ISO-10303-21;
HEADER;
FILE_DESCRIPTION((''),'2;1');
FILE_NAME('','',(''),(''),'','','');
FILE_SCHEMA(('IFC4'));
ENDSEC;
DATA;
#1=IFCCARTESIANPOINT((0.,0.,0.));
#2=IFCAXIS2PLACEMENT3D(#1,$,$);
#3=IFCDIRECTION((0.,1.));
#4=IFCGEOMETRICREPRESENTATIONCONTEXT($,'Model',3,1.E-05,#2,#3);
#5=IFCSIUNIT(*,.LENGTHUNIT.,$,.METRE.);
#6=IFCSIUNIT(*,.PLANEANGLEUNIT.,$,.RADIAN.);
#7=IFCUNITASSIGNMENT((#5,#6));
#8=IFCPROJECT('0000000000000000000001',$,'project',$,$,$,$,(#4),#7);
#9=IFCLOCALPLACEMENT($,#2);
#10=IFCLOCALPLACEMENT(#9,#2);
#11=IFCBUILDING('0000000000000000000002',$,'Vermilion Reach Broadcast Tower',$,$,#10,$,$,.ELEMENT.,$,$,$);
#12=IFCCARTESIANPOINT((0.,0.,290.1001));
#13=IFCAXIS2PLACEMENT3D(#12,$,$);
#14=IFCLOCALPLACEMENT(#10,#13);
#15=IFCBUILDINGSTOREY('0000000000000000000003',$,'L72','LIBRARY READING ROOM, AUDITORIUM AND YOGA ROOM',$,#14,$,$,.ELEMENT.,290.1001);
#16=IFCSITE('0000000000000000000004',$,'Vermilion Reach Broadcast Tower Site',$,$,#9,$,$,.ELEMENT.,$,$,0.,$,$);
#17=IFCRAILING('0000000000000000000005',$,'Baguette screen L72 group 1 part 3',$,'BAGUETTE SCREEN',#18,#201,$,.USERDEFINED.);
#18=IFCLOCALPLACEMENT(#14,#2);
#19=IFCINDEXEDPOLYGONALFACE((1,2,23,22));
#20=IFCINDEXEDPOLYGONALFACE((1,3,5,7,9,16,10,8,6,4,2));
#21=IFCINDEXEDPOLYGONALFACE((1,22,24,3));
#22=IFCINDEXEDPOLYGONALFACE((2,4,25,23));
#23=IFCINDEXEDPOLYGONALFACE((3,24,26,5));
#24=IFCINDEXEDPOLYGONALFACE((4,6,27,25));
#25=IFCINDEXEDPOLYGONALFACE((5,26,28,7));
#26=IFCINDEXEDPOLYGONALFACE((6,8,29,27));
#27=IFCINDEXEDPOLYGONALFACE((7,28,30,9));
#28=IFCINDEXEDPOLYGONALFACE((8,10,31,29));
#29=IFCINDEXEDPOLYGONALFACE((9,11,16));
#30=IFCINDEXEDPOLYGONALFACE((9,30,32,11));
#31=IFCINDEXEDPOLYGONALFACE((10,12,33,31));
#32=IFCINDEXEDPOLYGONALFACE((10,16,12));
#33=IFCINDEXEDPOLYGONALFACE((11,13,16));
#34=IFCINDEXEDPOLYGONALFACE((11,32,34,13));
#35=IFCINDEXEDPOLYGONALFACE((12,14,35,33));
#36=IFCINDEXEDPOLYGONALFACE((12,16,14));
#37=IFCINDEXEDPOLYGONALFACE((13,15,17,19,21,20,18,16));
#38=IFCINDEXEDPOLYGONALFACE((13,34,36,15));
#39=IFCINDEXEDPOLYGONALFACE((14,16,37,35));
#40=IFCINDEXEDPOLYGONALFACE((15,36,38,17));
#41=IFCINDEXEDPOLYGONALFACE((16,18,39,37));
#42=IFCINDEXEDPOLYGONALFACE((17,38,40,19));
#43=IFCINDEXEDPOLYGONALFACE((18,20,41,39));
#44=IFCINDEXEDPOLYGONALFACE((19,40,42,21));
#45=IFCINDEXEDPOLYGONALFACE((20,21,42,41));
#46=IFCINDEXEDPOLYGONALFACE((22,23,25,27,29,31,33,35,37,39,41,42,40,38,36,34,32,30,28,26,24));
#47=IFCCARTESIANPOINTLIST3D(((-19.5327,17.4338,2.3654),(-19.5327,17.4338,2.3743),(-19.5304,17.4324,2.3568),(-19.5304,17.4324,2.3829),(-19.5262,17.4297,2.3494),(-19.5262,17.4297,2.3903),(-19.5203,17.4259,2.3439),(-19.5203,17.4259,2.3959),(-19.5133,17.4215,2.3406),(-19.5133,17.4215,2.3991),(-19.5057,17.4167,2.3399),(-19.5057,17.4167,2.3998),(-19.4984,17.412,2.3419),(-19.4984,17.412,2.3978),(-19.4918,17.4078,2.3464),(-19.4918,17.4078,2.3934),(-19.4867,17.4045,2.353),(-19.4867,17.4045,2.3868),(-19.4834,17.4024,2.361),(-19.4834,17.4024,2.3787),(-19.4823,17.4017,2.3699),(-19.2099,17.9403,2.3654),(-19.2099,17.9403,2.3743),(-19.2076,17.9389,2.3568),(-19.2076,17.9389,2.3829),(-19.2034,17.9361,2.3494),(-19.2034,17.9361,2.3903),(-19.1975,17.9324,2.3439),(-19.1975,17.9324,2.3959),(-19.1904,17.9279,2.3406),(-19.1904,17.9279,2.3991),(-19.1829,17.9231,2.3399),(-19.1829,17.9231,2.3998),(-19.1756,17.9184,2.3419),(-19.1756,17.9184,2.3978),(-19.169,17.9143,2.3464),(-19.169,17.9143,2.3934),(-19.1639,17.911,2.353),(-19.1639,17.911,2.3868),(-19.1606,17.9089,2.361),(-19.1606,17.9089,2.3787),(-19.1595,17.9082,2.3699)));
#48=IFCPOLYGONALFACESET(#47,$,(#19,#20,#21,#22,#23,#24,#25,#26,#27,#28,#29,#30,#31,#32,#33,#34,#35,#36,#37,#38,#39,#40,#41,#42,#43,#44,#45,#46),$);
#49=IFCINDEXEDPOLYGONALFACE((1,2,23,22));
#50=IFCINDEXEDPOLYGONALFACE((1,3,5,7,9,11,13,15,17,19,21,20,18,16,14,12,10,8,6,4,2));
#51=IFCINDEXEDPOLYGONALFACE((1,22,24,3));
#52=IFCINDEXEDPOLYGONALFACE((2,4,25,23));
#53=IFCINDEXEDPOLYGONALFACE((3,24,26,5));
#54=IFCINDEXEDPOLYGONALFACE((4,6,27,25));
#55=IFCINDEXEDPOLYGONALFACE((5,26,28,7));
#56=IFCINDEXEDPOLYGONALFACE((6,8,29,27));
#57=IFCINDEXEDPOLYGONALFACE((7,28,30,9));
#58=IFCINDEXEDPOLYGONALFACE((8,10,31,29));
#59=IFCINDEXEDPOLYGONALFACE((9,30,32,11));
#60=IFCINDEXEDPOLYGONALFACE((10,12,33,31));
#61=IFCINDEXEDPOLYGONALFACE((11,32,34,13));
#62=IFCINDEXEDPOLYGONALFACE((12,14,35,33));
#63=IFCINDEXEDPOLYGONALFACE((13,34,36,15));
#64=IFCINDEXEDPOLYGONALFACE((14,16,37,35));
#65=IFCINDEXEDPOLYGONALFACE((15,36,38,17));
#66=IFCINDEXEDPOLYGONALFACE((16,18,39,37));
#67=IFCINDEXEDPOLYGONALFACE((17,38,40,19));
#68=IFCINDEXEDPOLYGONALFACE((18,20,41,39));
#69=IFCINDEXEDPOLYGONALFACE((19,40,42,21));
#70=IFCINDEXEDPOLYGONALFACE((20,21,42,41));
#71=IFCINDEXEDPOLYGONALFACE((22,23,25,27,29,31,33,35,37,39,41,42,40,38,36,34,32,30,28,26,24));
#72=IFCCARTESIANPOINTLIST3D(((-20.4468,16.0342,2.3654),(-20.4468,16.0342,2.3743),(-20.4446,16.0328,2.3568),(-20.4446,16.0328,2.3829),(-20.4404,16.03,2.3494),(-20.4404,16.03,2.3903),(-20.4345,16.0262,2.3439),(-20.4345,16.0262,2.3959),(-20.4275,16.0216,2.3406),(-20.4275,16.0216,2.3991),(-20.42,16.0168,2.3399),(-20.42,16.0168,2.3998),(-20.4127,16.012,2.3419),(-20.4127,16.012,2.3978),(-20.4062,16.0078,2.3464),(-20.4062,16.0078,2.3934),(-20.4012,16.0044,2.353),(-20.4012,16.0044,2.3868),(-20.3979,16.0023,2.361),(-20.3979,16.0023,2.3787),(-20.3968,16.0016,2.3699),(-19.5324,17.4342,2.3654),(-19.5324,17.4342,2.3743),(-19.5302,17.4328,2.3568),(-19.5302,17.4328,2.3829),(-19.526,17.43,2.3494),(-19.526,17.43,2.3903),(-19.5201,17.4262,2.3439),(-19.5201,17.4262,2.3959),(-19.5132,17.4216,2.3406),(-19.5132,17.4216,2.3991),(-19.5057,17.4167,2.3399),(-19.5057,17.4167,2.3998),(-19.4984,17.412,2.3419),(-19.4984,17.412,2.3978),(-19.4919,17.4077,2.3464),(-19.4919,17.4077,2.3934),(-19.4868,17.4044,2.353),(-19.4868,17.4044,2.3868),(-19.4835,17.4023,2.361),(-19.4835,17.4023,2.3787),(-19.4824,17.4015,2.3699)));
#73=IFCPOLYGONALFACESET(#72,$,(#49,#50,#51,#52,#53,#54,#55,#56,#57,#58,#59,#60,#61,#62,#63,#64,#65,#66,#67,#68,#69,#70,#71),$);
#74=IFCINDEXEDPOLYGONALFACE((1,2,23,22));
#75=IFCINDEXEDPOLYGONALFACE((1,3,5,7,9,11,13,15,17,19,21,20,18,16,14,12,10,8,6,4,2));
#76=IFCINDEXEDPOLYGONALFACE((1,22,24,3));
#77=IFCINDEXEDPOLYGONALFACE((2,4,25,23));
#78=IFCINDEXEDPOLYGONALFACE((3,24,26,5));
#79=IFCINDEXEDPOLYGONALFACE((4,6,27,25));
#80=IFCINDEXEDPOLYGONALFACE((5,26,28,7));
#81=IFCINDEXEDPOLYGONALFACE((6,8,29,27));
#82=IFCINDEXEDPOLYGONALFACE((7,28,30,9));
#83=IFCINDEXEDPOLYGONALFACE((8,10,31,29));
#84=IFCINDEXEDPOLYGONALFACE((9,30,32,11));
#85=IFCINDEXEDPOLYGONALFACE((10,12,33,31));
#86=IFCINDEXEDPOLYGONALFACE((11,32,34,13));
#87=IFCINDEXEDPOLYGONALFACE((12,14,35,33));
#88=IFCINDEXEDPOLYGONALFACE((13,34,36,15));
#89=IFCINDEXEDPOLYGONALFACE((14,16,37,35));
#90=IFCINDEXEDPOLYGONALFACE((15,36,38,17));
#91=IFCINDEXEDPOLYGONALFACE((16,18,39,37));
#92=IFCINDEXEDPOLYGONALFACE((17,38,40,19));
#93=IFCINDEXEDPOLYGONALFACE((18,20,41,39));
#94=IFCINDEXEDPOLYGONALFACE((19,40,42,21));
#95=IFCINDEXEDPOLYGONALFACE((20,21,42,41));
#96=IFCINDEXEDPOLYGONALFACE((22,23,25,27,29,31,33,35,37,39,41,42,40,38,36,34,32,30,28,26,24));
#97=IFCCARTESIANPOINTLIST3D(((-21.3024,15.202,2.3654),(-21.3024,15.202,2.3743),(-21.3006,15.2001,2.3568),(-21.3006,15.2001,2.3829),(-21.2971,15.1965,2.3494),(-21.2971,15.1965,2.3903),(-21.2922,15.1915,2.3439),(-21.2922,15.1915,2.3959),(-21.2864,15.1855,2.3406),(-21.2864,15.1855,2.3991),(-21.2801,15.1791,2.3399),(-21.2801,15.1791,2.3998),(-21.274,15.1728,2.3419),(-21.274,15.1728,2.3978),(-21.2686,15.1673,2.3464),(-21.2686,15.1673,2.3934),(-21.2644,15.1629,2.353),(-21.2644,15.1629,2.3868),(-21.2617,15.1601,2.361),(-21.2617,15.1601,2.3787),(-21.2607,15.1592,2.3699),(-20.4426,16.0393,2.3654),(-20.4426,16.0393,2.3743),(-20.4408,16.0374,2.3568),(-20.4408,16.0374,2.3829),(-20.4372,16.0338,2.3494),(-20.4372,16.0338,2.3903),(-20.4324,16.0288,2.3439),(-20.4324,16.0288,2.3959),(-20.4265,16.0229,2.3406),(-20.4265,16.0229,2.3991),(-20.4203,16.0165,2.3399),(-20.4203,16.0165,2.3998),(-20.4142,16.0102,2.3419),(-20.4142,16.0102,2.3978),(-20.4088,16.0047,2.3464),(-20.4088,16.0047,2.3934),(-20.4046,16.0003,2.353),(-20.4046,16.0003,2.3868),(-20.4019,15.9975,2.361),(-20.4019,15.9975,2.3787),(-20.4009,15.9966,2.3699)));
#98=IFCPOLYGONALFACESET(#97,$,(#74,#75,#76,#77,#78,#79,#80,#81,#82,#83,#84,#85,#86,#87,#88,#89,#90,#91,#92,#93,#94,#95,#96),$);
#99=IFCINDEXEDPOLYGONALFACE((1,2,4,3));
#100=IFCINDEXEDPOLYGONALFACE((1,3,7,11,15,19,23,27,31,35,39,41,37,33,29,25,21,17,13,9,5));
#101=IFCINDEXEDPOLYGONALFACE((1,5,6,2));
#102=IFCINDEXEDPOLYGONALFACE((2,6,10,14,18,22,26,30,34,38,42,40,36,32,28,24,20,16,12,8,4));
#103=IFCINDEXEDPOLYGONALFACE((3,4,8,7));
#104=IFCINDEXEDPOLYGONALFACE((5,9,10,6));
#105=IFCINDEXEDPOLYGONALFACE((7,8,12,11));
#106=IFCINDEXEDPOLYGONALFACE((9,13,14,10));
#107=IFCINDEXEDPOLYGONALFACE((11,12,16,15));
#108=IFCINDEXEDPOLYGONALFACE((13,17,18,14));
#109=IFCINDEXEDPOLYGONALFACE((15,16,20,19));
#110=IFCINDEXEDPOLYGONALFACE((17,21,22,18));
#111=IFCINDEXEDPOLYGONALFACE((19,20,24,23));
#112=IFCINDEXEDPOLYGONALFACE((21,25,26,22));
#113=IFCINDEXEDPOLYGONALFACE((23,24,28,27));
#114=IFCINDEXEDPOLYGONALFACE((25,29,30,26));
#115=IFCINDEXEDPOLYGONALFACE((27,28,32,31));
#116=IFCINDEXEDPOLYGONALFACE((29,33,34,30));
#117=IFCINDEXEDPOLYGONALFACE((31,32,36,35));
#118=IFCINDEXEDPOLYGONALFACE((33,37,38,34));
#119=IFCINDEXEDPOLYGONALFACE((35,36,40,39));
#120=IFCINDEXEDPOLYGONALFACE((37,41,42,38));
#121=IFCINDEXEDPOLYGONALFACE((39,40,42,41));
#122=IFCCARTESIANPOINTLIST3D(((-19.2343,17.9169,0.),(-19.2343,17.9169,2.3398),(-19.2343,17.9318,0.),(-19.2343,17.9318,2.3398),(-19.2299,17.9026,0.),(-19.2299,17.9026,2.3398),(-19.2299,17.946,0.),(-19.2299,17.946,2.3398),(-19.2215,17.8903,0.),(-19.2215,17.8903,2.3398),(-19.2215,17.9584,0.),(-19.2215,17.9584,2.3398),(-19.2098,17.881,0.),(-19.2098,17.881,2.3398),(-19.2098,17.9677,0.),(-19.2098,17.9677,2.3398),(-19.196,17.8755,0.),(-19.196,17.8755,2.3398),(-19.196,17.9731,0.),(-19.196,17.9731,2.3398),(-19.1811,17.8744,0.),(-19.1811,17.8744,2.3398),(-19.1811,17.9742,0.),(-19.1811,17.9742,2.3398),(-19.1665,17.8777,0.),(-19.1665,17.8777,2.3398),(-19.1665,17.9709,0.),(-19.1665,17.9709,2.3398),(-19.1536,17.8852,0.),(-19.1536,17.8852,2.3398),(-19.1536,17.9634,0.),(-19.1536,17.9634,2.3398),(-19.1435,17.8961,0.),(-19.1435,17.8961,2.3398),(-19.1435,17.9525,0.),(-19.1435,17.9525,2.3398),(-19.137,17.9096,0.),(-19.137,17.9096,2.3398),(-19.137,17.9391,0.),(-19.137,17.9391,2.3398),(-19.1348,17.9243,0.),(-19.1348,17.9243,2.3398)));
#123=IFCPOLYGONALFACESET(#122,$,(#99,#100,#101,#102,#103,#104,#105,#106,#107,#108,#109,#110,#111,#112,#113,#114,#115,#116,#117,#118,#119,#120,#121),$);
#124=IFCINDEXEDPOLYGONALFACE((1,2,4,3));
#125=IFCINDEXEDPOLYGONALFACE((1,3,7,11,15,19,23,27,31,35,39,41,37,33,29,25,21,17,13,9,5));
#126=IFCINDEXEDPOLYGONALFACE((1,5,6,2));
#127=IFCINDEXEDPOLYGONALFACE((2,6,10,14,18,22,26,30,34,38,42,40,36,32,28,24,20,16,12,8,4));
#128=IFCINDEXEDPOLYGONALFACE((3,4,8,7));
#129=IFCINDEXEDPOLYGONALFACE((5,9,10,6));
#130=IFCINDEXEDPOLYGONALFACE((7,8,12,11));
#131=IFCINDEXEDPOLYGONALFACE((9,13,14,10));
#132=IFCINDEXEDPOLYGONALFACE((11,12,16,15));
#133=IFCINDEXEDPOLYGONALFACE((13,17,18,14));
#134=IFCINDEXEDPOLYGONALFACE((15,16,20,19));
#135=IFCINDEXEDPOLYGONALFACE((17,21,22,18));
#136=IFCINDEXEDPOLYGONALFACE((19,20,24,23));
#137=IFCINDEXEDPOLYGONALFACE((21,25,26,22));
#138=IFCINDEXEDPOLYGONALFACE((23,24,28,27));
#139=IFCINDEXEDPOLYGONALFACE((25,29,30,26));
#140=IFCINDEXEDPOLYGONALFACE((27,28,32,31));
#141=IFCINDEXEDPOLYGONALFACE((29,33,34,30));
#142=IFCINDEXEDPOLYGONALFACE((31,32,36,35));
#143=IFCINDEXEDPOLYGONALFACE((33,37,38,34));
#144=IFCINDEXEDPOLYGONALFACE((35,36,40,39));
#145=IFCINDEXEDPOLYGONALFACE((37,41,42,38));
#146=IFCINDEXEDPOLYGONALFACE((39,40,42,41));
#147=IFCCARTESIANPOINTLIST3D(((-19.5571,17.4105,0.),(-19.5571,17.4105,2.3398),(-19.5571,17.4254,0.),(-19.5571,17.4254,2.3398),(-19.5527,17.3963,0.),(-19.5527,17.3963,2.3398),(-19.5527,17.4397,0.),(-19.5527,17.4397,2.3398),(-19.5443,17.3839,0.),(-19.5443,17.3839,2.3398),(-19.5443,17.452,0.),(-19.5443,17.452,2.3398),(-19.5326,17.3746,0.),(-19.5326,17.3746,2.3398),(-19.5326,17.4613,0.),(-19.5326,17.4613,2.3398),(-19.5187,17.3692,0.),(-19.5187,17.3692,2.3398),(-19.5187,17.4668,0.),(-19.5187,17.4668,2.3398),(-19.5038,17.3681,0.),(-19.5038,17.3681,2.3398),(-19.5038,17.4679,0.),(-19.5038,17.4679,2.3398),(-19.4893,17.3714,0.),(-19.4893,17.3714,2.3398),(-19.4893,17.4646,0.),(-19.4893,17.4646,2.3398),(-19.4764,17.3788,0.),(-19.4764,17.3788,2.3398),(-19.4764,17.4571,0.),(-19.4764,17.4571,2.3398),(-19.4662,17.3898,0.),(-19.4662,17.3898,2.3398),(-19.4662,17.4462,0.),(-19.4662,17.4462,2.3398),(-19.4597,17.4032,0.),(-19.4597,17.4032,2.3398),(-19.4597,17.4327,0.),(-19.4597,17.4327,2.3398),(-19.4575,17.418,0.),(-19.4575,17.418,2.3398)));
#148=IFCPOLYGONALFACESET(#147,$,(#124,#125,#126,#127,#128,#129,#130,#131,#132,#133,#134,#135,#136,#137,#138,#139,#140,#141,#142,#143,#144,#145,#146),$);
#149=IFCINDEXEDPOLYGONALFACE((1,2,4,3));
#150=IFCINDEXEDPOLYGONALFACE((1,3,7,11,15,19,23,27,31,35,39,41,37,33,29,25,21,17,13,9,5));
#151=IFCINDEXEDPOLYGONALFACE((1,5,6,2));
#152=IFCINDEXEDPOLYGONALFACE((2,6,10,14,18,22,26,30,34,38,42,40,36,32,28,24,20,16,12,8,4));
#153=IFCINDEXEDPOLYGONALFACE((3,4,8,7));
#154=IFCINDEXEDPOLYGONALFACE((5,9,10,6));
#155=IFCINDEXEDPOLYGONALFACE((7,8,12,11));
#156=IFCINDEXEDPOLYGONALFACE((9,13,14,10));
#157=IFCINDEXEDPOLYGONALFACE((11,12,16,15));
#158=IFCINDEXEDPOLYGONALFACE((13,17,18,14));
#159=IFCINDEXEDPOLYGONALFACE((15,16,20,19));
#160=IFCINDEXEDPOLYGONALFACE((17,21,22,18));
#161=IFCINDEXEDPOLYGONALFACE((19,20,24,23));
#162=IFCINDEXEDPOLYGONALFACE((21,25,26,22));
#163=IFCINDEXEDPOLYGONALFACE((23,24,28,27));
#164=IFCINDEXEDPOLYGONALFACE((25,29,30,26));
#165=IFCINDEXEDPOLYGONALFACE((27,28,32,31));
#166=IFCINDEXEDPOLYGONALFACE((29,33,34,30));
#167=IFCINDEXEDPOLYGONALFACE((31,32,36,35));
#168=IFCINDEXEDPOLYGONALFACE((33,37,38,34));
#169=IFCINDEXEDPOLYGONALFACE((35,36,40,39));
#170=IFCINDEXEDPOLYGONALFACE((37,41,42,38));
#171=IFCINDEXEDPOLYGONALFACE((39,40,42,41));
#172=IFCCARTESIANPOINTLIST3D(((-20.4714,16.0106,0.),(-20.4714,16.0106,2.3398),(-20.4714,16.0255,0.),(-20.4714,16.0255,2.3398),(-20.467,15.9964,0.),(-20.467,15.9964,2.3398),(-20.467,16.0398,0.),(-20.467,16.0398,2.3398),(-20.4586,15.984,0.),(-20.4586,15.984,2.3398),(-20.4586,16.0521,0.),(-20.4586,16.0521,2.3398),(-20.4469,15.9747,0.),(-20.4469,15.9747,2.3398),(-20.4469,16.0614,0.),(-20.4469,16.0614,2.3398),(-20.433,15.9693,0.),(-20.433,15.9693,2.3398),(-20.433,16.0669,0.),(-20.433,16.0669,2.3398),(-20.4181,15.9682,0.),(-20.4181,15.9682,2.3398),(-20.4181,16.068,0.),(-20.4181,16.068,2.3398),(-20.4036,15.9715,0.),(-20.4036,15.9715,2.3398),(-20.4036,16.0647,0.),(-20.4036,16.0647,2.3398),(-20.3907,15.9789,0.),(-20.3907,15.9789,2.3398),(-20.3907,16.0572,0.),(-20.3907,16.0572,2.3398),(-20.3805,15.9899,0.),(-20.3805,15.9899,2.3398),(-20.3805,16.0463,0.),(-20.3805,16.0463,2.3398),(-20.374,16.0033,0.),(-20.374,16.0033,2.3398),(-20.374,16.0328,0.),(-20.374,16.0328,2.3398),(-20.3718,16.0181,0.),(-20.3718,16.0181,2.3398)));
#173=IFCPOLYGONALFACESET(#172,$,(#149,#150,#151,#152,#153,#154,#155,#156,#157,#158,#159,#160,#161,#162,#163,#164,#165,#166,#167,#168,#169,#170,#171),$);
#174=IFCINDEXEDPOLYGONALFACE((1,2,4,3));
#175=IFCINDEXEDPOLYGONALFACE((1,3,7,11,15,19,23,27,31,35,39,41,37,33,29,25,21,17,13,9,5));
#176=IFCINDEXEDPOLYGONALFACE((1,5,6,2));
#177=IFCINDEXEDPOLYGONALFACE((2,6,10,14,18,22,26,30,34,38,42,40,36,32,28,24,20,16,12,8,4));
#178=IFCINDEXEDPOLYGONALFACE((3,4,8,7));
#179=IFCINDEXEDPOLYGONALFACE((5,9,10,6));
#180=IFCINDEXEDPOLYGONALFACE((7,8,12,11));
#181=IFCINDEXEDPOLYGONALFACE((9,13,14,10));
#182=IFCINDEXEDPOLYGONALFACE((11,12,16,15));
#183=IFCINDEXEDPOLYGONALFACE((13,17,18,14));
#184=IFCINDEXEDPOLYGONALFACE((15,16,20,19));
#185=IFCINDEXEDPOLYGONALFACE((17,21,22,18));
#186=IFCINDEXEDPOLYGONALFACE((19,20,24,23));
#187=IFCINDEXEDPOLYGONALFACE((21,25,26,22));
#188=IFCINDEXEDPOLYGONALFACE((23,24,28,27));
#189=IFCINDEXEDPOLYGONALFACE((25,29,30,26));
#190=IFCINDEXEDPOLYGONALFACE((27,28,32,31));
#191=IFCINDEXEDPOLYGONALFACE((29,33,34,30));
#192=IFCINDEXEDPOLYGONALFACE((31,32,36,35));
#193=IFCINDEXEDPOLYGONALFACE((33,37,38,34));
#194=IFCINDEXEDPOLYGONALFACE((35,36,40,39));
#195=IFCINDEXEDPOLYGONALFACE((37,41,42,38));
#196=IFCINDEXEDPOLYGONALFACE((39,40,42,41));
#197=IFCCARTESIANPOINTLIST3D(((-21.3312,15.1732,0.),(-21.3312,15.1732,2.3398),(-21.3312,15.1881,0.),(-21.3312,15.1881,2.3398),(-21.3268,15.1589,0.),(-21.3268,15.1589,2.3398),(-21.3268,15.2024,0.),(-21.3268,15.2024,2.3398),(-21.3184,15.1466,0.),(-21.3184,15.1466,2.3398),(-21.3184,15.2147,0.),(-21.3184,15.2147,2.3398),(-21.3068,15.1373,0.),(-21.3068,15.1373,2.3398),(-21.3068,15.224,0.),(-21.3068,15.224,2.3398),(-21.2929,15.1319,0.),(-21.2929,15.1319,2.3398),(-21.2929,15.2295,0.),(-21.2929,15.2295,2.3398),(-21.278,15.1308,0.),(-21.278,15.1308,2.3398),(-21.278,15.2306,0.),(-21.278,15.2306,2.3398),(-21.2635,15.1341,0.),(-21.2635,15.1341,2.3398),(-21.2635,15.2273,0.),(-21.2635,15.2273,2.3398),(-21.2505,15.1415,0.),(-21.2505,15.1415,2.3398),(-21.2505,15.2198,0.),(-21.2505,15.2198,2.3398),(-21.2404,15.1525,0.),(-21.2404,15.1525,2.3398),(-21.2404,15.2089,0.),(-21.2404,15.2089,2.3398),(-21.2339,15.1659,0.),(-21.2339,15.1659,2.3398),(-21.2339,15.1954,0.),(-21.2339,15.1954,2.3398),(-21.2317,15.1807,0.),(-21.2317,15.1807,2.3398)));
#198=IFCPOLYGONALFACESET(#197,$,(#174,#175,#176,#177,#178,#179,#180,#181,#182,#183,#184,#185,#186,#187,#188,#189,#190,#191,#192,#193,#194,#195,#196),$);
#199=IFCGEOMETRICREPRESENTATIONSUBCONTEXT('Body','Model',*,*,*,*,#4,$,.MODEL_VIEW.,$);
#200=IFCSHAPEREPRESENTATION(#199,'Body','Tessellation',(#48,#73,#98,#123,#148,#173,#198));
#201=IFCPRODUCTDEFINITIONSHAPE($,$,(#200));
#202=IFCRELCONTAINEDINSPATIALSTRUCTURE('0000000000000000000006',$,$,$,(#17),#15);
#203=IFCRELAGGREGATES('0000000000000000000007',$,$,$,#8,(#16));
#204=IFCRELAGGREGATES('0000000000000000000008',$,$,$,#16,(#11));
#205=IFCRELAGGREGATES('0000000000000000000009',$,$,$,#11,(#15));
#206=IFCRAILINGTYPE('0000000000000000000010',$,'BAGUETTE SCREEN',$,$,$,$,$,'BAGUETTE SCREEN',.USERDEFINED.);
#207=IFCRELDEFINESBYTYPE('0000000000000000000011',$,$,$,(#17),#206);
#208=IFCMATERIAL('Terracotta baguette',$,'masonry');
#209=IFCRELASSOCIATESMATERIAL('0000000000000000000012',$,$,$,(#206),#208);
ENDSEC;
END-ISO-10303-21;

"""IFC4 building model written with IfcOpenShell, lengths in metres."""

from ifc_helpers import new_model, si_unit, direction, frame, origin, origin_2d, place, context, subcontext, project, spatial, circle, extrude, material, type_object, element, save


model = new_model("IFC4")

# Units and contexts
model_context = context("Model", 3, precision=1e-05, world=origin(), true_north=direction((0.0, 1.0)))
body_context = subcontext(model_context, "Body", "Model", "MODEL_VIEW")
ifc_project = project(units=[si_unit("LENGTHUNIT", "METRE"), si_unit("PLANEANGLEUNIT", "RADIAN")], contexts=[model_context])

# Site, building, storey
site_placement = place(None, origin())
site = spatial("IfcSite", under=ifc_project, at=site_placement, Name="Vermilion Reach Broadcast Tower Site", CompositionType="ELEMENT", RefElevation=0.0)
building_placement = place(site_placement, origin())
building = spatial("IfcBuilding", under=site, at=building_placement, Name="Vermilion Reach Broadcast Tower", CompositionType="ELEMENT")
storey_placement = place(building_placement, frame((0.0, 0.0, 290.1001)))
storey = spatial("IfcBuildingStorey", under=building, at=storey_placement, Name="L72", Description="LIBRARY READING ROOM, AUDITORIUM AND YOGA ROOM", CompositionType="ELEMENT", Elevation=290.1001)

# Railing
ifc_material_1 = material(Name="Terracotta baguette", Category="masonry")
railing_type = type_object("IfcRailingType", Name="BAGUETTE SCREEN", ElementType="BAGUETTE SCREEN", PredefinedType="USERDEFINED", material=ifc_material_1)
railing_placement = place(storey_placement, frame((-19.1848, 17.9243, 0.0)))
element("IfcRailing", 1, at=railing_placement, inside=storey, type_object=railing_type, Name="Baguette screen L72 group 1 part 3", ObjectType="BAGUETTE SCREEN", PredefinedType="USERDEFINED", context=body_context, shape_type="SweptSolid", body=[
    extrude(circle(Radius=0.03, at=origin_2d()), frame((0.0, 0.0, 2.3699), z_axis=(-0.537507, -0.843259, 0.0), x_axis=(0.843259, -0.537507, 0.0)), (0.0, 0.0, 1.0), 0.6006),
    extrude(circle(Radius=0.03, at=origin_2d()), frame((-0.3228, -0.5063, 2.3699), z_axis=(-0.546824, -0.837247, 0.0), x_axis=(0.837247, -0.546824, 0.0)), (0.0, 0.0, 1.0), 1.6721),
    extrude(circle(Radius=0.03, at=origin_2d()), frame((-1.2371, -1.9062, 2.3699), z_axis=(-0.716402, -0.697688, 0.0), x_axis=(0.697688, -0.716402, 0.0)), (0.0, 0.0, 1.0), 1.2002),
    extrude(circle(Radius=0.05, at=origin_2d()), origin(), (0.0, 0.0, 1.0), 2.3398),
    extrude(circle(Radius=0.05, at=origin_2d()), frame((-0.3228, -0.5063, 0.0)), (0.0, 0.0, 1.0), 2.3398),
    extrude(circle(Radius=0.05, at=origin_2d()), frame((-1.2371, -1.9062, 0.0)), (0.0, 0.0, 1.0), 2.3398),
    extrude(circle(Radius=0.05, at=origin_2d()), frame((-2.0969, -2.7437, 0.0)), (0.0, 0.0, 1.0), 2.3398),
])

save(model, "model.ifc")
